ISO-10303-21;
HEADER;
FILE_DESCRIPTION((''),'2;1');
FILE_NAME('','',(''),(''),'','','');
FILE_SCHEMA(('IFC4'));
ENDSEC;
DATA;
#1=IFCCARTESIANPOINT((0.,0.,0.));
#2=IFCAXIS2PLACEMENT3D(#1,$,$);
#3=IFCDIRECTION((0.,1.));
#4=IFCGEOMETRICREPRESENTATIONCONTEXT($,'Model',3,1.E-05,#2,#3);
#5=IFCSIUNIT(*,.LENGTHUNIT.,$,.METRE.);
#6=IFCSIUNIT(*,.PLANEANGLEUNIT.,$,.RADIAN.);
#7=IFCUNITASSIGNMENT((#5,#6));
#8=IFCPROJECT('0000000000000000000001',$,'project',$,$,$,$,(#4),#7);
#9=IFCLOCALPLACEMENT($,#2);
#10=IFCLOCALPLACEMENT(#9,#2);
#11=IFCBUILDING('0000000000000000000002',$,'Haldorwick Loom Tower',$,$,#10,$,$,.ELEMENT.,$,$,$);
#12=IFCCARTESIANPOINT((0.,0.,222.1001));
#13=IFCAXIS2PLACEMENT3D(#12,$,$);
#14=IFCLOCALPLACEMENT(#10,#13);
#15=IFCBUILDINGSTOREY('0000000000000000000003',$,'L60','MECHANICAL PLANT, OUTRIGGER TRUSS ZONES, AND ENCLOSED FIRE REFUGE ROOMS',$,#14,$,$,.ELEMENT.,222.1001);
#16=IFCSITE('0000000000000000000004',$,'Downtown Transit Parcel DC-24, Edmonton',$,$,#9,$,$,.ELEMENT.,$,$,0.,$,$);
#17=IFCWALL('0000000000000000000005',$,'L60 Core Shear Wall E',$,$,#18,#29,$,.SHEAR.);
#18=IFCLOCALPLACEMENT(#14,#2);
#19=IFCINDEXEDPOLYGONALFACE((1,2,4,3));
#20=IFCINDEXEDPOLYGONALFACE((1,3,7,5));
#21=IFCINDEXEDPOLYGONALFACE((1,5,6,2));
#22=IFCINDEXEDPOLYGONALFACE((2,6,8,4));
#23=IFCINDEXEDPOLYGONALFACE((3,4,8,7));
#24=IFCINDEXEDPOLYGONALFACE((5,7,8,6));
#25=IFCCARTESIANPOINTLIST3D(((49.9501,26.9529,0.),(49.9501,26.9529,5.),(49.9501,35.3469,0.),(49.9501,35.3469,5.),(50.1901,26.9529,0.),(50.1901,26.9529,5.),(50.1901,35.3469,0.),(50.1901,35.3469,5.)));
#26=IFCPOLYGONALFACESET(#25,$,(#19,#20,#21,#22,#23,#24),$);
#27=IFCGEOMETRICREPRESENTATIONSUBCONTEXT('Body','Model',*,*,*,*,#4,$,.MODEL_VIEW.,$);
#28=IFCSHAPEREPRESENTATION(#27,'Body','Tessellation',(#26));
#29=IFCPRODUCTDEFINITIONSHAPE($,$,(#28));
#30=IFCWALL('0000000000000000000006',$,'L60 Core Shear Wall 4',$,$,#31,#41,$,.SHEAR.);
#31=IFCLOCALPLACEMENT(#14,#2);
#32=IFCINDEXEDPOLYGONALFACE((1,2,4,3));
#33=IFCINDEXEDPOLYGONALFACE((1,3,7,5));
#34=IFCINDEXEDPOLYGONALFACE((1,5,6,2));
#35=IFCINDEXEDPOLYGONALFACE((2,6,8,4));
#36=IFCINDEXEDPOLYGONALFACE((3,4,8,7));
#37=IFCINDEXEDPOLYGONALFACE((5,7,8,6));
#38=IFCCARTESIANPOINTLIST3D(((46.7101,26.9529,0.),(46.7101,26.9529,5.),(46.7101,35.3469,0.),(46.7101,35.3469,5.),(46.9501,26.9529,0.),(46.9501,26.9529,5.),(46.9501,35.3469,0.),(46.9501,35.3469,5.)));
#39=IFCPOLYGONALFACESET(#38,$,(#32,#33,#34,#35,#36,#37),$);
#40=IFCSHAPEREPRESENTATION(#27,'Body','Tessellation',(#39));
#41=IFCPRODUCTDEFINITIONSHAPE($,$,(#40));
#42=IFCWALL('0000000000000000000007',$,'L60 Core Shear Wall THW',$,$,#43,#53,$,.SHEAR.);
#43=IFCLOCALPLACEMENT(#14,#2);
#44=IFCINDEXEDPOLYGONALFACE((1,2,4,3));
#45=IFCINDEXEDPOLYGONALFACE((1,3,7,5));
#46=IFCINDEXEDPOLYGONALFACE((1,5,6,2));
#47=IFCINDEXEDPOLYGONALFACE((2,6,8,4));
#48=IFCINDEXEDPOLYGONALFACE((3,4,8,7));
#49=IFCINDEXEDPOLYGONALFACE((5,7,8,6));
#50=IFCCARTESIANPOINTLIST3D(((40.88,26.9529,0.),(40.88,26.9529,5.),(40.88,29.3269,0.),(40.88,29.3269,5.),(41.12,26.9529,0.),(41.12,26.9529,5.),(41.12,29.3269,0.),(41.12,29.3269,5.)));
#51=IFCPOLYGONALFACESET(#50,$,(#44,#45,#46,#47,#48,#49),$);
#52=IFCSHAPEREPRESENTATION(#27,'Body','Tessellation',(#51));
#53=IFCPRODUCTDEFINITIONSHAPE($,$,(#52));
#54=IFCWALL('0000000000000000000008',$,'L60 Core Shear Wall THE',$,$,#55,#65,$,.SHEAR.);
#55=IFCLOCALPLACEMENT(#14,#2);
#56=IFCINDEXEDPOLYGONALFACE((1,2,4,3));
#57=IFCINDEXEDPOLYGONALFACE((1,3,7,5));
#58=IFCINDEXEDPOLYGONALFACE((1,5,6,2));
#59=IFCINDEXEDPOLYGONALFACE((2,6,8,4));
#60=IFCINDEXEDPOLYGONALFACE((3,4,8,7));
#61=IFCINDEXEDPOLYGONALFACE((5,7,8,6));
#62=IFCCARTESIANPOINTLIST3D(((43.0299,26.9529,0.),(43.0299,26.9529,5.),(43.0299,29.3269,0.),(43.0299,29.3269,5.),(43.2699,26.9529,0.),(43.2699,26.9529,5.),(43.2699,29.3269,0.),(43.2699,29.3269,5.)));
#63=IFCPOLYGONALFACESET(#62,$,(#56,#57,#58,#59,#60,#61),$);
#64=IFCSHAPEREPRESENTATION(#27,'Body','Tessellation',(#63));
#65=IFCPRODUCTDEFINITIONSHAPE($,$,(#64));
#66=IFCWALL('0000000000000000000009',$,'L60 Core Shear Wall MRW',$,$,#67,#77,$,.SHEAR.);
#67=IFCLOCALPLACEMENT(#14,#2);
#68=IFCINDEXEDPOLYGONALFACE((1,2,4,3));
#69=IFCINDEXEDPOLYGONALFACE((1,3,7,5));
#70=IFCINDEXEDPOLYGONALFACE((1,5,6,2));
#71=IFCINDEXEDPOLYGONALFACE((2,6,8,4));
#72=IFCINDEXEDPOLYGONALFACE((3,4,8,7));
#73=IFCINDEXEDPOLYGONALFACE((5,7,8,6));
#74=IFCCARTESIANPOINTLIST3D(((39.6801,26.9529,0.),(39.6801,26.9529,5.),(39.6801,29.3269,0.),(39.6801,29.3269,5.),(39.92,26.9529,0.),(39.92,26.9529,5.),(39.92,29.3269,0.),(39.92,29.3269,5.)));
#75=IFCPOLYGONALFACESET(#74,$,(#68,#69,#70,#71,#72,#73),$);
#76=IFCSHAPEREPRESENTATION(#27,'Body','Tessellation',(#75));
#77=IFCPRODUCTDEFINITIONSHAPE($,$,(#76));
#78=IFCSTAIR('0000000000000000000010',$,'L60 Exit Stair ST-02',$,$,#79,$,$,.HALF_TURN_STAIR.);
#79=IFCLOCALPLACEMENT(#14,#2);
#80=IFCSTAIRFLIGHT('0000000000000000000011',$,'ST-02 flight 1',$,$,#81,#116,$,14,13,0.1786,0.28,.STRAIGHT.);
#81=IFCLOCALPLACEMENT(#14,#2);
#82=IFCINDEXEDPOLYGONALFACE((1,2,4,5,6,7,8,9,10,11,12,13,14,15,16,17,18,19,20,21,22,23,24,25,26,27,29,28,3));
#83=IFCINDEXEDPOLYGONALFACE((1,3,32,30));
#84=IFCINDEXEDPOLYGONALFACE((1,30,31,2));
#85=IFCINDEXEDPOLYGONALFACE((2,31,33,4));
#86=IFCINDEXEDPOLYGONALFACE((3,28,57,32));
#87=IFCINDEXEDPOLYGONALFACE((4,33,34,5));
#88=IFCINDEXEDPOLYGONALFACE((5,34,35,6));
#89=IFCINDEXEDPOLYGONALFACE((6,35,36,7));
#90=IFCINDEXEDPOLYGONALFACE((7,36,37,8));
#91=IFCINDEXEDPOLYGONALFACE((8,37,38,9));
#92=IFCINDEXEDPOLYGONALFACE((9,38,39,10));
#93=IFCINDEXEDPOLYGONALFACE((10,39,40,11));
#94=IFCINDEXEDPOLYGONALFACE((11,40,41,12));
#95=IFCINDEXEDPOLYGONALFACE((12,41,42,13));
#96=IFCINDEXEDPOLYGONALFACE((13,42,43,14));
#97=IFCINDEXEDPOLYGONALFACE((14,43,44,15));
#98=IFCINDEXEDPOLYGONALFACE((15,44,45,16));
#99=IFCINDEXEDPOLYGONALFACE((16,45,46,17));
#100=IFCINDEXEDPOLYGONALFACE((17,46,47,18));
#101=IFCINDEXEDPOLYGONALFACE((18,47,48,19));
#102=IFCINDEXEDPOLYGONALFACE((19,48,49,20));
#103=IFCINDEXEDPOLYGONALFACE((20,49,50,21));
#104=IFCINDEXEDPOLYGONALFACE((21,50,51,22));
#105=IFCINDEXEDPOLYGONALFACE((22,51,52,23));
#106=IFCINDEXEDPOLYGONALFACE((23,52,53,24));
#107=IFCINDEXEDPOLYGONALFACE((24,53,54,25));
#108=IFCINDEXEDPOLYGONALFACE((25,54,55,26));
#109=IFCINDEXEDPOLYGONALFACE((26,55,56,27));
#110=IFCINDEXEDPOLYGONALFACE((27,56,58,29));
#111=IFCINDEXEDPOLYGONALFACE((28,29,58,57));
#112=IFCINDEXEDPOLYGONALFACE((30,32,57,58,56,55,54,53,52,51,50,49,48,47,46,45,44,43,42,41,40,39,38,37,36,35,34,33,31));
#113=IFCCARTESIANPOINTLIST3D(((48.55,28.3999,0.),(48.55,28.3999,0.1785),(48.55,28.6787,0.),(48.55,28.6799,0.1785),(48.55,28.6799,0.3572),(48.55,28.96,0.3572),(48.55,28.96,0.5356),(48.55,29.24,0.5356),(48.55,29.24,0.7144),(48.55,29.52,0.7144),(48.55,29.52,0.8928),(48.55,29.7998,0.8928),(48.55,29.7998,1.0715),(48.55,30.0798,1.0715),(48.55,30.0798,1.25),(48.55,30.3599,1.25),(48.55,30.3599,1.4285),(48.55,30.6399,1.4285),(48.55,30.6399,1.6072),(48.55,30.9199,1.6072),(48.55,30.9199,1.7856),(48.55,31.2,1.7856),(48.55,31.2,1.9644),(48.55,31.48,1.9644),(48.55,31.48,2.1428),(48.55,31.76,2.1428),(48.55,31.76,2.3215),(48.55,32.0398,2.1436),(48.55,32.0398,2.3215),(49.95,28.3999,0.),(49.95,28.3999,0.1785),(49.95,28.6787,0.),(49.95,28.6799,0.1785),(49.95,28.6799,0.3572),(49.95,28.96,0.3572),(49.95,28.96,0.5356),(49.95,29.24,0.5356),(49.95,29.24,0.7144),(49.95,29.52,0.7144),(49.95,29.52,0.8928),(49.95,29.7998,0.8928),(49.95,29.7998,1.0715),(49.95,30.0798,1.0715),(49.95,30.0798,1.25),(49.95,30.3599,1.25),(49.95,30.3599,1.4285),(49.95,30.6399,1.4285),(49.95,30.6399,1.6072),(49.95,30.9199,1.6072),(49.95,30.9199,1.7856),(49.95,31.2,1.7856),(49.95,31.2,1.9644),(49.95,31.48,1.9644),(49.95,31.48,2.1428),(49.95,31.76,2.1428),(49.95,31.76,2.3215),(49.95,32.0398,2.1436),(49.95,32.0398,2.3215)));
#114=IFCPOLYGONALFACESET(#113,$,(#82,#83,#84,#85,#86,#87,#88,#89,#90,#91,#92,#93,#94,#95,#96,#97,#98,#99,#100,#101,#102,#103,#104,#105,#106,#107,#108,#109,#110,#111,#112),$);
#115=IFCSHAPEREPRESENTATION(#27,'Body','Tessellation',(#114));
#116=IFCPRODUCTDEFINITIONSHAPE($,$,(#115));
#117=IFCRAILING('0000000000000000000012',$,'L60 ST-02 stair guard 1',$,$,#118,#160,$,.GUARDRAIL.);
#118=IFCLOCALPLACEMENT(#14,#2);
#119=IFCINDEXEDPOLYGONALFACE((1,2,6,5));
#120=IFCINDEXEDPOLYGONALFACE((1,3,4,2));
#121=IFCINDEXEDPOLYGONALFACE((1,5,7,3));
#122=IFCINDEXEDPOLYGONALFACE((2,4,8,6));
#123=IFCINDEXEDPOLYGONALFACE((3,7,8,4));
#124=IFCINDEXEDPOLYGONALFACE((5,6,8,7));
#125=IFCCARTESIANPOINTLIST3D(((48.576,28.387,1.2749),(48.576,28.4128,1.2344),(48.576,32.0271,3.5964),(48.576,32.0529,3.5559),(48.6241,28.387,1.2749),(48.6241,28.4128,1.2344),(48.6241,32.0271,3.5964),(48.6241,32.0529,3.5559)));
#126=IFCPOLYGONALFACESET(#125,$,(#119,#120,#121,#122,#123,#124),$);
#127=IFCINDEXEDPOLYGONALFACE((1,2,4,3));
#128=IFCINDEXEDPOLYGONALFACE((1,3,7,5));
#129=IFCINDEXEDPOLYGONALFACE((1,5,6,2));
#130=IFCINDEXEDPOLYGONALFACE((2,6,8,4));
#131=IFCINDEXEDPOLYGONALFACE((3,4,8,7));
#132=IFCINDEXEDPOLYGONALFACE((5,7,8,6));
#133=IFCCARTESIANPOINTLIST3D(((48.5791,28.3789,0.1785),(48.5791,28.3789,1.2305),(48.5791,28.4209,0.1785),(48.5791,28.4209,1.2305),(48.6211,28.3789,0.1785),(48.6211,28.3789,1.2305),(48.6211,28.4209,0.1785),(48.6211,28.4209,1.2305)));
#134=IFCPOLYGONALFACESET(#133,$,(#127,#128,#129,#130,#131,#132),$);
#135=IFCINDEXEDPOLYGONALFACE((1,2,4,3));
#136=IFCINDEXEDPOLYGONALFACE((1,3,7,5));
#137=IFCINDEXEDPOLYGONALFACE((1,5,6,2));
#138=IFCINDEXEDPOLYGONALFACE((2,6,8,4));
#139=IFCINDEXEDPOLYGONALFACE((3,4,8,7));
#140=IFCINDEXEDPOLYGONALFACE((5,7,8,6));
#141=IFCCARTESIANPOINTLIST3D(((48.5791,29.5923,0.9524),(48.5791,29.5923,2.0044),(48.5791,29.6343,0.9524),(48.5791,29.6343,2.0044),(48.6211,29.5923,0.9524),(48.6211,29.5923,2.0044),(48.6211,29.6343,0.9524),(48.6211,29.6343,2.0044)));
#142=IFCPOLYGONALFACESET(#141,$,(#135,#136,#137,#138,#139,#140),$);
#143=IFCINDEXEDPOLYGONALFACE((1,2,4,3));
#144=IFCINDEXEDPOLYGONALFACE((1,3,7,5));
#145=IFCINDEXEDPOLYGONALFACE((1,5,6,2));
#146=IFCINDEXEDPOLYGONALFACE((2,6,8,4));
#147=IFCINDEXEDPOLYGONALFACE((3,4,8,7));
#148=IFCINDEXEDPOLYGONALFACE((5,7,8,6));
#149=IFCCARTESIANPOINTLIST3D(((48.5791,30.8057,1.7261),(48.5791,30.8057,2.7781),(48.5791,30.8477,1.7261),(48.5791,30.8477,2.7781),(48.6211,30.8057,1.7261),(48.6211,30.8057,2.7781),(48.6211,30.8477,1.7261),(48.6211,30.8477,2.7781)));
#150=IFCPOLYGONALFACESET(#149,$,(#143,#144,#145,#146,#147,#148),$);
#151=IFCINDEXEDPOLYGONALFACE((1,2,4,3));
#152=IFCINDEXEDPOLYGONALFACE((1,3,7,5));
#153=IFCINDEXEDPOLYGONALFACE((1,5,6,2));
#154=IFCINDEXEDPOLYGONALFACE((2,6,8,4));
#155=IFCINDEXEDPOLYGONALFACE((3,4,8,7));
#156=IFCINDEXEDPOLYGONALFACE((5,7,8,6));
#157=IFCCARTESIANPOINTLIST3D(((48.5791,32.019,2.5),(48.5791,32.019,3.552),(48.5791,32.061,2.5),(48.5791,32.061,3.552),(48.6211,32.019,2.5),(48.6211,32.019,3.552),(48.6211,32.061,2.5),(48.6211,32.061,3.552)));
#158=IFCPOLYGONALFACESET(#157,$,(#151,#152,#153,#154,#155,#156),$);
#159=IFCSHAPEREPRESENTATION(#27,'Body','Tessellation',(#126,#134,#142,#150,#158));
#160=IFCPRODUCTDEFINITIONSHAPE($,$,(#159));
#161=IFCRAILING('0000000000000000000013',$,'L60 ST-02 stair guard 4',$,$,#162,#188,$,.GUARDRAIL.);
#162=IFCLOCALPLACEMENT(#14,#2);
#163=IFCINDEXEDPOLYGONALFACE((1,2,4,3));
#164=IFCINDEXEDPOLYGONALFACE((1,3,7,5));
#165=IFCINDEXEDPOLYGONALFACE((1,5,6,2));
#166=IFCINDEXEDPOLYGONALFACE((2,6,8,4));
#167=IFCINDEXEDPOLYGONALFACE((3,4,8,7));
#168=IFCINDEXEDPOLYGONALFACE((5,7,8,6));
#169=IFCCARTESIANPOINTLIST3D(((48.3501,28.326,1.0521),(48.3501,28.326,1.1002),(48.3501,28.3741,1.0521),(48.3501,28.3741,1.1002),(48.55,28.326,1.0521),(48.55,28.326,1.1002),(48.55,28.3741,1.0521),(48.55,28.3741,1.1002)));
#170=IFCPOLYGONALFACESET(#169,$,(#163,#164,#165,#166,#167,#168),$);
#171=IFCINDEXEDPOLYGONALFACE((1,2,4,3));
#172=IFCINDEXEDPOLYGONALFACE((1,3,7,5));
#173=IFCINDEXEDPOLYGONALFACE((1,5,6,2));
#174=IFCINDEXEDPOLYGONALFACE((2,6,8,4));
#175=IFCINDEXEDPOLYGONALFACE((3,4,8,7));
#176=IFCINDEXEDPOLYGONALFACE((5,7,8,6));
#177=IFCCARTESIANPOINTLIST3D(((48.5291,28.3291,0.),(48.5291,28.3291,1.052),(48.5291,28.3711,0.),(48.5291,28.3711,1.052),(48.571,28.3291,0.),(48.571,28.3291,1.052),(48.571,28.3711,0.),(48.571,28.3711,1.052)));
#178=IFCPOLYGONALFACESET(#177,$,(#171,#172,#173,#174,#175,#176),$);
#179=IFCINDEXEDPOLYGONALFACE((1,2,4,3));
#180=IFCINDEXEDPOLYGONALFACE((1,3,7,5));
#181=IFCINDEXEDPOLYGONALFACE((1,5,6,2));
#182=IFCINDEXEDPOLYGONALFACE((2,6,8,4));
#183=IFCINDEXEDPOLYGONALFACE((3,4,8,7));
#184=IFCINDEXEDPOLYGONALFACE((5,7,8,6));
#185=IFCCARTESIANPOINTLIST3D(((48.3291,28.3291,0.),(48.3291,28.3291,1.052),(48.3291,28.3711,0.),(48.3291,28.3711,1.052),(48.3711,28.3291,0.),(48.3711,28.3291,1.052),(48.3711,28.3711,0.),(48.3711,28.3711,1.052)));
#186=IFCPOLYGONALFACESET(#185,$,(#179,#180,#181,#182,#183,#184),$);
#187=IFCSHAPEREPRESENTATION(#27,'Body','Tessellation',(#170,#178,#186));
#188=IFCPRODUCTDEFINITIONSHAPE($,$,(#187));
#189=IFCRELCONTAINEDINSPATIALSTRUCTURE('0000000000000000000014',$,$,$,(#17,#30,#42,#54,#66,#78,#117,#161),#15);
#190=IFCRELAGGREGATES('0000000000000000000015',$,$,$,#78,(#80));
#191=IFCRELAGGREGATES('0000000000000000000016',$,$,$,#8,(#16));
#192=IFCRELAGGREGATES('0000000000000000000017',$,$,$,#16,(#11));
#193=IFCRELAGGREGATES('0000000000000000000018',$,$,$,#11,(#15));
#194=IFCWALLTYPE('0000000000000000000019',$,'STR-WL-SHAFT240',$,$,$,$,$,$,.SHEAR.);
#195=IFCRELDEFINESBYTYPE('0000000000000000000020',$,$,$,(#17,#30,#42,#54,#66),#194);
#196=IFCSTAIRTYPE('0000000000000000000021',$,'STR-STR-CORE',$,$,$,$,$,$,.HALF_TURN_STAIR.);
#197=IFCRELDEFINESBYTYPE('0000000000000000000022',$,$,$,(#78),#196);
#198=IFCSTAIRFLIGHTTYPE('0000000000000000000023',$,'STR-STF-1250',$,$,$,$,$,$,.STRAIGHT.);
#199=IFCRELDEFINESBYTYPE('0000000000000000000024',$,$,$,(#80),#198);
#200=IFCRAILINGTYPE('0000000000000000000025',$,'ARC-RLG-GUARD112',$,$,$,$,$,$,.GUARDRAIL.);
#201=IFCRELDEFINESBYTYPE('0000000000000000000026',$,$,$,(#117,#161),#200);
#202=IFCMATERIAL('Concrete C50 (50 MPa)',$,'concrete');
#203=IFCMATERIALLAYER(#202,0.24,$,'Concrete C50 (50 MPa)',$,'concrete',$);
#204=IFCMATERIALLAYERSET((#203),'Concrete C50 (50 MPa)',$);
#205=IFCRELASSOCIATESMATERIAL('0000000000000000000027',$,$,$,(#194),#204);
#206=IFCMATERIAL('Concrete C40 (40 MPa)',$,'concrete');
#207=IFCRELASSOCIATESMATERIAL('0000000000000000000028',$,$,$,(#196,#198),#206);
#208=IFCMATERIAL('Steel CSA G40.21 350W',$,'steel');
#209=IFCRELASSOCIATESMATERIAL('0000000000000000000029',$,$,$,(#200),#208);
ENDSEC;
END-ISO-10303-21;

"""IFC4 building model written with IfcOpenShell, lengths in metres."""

from ifc_helpers import new_model, si_unit, direction, frame, frame_2d, origin, origin_2d, place, context, subcontext, project, spatial, polyline, rectangle, outline, extrude, material, layer, layer_set, type_object, element, aggregate, save


model = new_model("IFC4")

# Units and contexts
model_context = context("Model", 3, precision=1e-05, world=origin(), true_north=direction((0.0, 1.0)))
body_context = subcontext(model_context, "Body", "Model", "MODEL_VIEW")
ifc_project = project(units=[si_unit("LENGTHUNIT", "METRE"), si_unit("PLANEANGLEUNIT", "RADIAN")], contexts=[model_context])

# Site, building, storey
site_placement = place(None, origin())
site = spatial("IfcSite", under=ifc_project, at=site_placement, Name="Downtown Transit Parcel DC-24, Edmonton", CompositionType="ELEMENT", RefElevation=0.0)
building_placement = place(site_placement, origin())
building = spatial("IfcBuilding", under=site, at=building_placement, Name="Haldorwick Loom Tower", CompositionType="ELEMENT")
storey_placement = place(building_placement, frame((0.0, 0.0, 222.1001)))
storey = spatial("IfcBuildingStorey", under=building, at=storey_placement, Name="L60", Description="MECHANICAL PLANT, OUTRIGGER TRUSS ZONES, AND ENCLOSED FIRE REFUGE ROOMS", CompositionType="ELEMENT", Elevation=222.1001)

# Shared definitions
ifc_material_1 = material(Name="Steel CSA G40.21 350W", Category="steel")

# Shared definitions
ifc_material_2 = material(Name="Concrete C50 (50 MPa)", Category="concrete")

# Walls
ifc_layer_1 = layer(ifc_material_2, 0.24, Name="Concrete C50 (50 MPa)", Category="concrete")
ifc_layer_set_1 = layer_set([ifc_layer_1], Name="Concrete C50 (50 MPa)")
wall_type_1 = type_object("IfcWallType", Name="STR-WL-SHAFT240", PredefinedType="SHEAR", material=ifc_layer_set_1)
for number, where, z_axis, x_axis, name in (
    (1, (50.0701, 26.9529, 0.0), (0.0, 0.0, 1.0), (0.0, 1.0, 0.0), "L60 Core Shear Wall E"),
    (2, (46.8301, 26.9529, 0.0), (0.0, 0.0, 1.0), (0.0, 1.0, 0.0), "L60 Core Shear Wall 4"),
):
    element("IfcWall", number, at=place(storey_placement, frame(where, z_axis=z_axis, x_axis=x_axis)), inside=storey, type_object=wall_type_1, Name=name, PredefinedType="SHEAR", context=body_context, shape_type="SweptSolid", body=[
        extrude(rectangle(XDim=8.394, YDim=0.24, at=frame_2d((4.197, 0.0))), origin(), (0.0, 0.0, 1.0), 5.0),
    ])
for number, where, z_axis, x_axis, name in (
    (3, (41.0, 26.9529, 0.0), (0.0, 0.0, 1.0), (0.0, 1.0, 0.0), "L60 Core Shear Wall THW"),
    (4, (43.1499, 26.9529, 0.0), (0.0, 0.0, 1.0), (0.0, 1.0, 0.0), "L60 Core Shear Wall THE"),
    (5, (39.8, 26.9529, 0.0), (0.0, 0.0, 1.0), (0.0, 1.0, 0.0), "L60 Core Shear Wall MRW"),
):
    element("IfcWall", number, at=place(storey_placement, frame(where, z_axis=z_axis, x_axis=x_axis)), inside=storey, type_object=wall_type_1, Name=name, PredefinedType="SHEAR", context=body_context, shape_type="SweptSolid", body=[
        extrude(rectangle(XDim=2.374, YDim=0.24, at=frame_2d((1.187, 0.0))), origin(), (0.0, 0.0, 1.0), 5.0),
    ])

# Stair, stair flight
ifc_material_3 = material(Name="Concrete C40 (40 MPa)", Category="concrete")
stair_type = type_object("IfcStairType", Name="STR-STR-CORE", PredefinedType="HALF_TURN_STAIR", material=ifc_material_3)
stair_placement = place(storey_placement, origin())
stair = element("IfcStair", 6, at=stair_placement, inside=storey, type_object=stair_type, Name="L60 Exit Stair ST-02", PredefinedType="HALF_TURN_STAIR")
stair_flight_type = type_object("IfcStairFlightType", Name="STR-STF-1250", PredefinedType="STRAIGHT", material=ifc_material_3)
stair_flight_placement = place(storey_placement, frame((49.25, 28.3999, 0.0), z_axis=(0.0, 0.0, 1.0), x_axis=(0.0, 1.0, 0.0)))
stair_flight = element("IfcStairFlight", 7, at=stair_flight_placement, type_object=stair_flight_type, Name="ST-02 flight 1", NumberOfRisers=14, NumberOfTreads=13, PredefinedType="STRAIGHT", RiserHeight=0.1786, TreadLength=0.28, context=body_context, shape_type="SweptSolid", body=[
    extrude(outline(polyline([(0.0, 0.0), (0.0, 0.1785), (0.28, 0.1785), (0.28, 0.3572), (0.5601, 0.3572), (0.5601, 0.5356), (0.8401, 0.5356), (0.8401, 0.7144), (1.1201, 0.7144), (1.1201, 0.8928), (1.3999, 0.8928), (1.3999, 1.0715), (1.6799, 1.0715), (1.6799, 1.25), (1.96, 1.25), (1.96, 1.4285), (2.24, 1.4285), (2.24, 1.6072), (2.52, 1.6072), (2.52, 1.7856), (2.8, 1.7856), (2.8, 1.9644), (3.0801, 1.9644), (3.0801, 2.1428), (3.3601, 2.1428), (3.3601, 2.3215), (3.6399, 2.3215), (3.6399, 2.5), (3.6399, 2.1436), (0.2788, 0.0), (0.0, 0.0)])), frame((0.0, 0.7, 0.0), z_axis=(0.0, -1.0, 0.0), x_axis=(1.0, 0.0, 0.0)), (0.0, 0.0, 1.0), 1.3999),
])
aggregate(stair, [stair_flight])

# Railings
railing_type_1 = type_object("IfcRailingType", Name="ARC-RLG-GUARD112", PredefinedType="GUARDRAIL", material=ifc_material_1)
railing_1_placement = place(storey_placement, frame((48.6001, 28.3999, 0.1785)))
element("IfcRailing", 8, at=railing_1_placement, inside=storey, type_object=railing_type_1, Name="L60 ST-02 stair guard 1", PredefinedType="GUARDRAIL", context=body_context, shape_type="SweptSolid", body=[
    extrude(rectangle(XDim=0.0481, YDim=0.0481, at=origin_2d()), frame((0.0, 0.0, 1.0762), z_axis=(0.0, 0.843128, 0.537713), x_axis=(-1.0, 0.0, 0.0)), (0.0, 0.0, 1.0), 4.3174),
    extrude(rectangle(XDim=0.042, YDim=0.042, at=origin_2d()), origin(), (0.0, 0.0, 1.0), 1.052),
    extrude(rectangle(XDim=0.042, YDim=0.042, at=origin_2d()), frame((0.0, 1.2134, 0.7739)), (0.0, 0.0, 1.0), 1.052),
    extrude(rectangle(XDim=0.042, YDim=0.042, at=origin_2d()), frame((0.0, 2.4268, 1.5476)), (0.0, 0.0, 1.0), 1.052),
    extrude(rectangle(XDim=0.042, YDim=0.042, at=origin_2d()), frame((0.0, 3.6401, 2.3215)), (0.0, 0.0, 1.0), 1.052),
])
railing_2_placement = place(storey_placement, frame((48.55, 28.3501, 0.0)))
element("IfcRailing", 9, at=railing_2_placement, inside=storey, type_object=railing_type_1, Name="L60 ST-02 stair guard 4", PredefinedType="GUARDRAIL", context=body_context, shape_type="SweptSolid", body=[
    extrude(rectangle(XDim=0.0481, YDim=0.0481, at=origin_2d()), frame((0.0, 0.0, 1.0762), z_axis=(-1.0, 0.0, 0.0), x_axis=(0.0, -1.0, 0.0)), (0.0, 0.0, 1.0), 0.2),
    extrude(rectangle(XDim=0.042, YDim=0.042, at=origin_2d()), origin(), (0.0, 0.0, 1.0), 1.052),
    extrude(rectangle(XDim=0.042, YDim=0.042, at=origin_2d()), frame((-0.2, 0.0, 0.0)), (0.0, 0.0, 1.0), 1.052),
])

save(model, "model.ifc")
